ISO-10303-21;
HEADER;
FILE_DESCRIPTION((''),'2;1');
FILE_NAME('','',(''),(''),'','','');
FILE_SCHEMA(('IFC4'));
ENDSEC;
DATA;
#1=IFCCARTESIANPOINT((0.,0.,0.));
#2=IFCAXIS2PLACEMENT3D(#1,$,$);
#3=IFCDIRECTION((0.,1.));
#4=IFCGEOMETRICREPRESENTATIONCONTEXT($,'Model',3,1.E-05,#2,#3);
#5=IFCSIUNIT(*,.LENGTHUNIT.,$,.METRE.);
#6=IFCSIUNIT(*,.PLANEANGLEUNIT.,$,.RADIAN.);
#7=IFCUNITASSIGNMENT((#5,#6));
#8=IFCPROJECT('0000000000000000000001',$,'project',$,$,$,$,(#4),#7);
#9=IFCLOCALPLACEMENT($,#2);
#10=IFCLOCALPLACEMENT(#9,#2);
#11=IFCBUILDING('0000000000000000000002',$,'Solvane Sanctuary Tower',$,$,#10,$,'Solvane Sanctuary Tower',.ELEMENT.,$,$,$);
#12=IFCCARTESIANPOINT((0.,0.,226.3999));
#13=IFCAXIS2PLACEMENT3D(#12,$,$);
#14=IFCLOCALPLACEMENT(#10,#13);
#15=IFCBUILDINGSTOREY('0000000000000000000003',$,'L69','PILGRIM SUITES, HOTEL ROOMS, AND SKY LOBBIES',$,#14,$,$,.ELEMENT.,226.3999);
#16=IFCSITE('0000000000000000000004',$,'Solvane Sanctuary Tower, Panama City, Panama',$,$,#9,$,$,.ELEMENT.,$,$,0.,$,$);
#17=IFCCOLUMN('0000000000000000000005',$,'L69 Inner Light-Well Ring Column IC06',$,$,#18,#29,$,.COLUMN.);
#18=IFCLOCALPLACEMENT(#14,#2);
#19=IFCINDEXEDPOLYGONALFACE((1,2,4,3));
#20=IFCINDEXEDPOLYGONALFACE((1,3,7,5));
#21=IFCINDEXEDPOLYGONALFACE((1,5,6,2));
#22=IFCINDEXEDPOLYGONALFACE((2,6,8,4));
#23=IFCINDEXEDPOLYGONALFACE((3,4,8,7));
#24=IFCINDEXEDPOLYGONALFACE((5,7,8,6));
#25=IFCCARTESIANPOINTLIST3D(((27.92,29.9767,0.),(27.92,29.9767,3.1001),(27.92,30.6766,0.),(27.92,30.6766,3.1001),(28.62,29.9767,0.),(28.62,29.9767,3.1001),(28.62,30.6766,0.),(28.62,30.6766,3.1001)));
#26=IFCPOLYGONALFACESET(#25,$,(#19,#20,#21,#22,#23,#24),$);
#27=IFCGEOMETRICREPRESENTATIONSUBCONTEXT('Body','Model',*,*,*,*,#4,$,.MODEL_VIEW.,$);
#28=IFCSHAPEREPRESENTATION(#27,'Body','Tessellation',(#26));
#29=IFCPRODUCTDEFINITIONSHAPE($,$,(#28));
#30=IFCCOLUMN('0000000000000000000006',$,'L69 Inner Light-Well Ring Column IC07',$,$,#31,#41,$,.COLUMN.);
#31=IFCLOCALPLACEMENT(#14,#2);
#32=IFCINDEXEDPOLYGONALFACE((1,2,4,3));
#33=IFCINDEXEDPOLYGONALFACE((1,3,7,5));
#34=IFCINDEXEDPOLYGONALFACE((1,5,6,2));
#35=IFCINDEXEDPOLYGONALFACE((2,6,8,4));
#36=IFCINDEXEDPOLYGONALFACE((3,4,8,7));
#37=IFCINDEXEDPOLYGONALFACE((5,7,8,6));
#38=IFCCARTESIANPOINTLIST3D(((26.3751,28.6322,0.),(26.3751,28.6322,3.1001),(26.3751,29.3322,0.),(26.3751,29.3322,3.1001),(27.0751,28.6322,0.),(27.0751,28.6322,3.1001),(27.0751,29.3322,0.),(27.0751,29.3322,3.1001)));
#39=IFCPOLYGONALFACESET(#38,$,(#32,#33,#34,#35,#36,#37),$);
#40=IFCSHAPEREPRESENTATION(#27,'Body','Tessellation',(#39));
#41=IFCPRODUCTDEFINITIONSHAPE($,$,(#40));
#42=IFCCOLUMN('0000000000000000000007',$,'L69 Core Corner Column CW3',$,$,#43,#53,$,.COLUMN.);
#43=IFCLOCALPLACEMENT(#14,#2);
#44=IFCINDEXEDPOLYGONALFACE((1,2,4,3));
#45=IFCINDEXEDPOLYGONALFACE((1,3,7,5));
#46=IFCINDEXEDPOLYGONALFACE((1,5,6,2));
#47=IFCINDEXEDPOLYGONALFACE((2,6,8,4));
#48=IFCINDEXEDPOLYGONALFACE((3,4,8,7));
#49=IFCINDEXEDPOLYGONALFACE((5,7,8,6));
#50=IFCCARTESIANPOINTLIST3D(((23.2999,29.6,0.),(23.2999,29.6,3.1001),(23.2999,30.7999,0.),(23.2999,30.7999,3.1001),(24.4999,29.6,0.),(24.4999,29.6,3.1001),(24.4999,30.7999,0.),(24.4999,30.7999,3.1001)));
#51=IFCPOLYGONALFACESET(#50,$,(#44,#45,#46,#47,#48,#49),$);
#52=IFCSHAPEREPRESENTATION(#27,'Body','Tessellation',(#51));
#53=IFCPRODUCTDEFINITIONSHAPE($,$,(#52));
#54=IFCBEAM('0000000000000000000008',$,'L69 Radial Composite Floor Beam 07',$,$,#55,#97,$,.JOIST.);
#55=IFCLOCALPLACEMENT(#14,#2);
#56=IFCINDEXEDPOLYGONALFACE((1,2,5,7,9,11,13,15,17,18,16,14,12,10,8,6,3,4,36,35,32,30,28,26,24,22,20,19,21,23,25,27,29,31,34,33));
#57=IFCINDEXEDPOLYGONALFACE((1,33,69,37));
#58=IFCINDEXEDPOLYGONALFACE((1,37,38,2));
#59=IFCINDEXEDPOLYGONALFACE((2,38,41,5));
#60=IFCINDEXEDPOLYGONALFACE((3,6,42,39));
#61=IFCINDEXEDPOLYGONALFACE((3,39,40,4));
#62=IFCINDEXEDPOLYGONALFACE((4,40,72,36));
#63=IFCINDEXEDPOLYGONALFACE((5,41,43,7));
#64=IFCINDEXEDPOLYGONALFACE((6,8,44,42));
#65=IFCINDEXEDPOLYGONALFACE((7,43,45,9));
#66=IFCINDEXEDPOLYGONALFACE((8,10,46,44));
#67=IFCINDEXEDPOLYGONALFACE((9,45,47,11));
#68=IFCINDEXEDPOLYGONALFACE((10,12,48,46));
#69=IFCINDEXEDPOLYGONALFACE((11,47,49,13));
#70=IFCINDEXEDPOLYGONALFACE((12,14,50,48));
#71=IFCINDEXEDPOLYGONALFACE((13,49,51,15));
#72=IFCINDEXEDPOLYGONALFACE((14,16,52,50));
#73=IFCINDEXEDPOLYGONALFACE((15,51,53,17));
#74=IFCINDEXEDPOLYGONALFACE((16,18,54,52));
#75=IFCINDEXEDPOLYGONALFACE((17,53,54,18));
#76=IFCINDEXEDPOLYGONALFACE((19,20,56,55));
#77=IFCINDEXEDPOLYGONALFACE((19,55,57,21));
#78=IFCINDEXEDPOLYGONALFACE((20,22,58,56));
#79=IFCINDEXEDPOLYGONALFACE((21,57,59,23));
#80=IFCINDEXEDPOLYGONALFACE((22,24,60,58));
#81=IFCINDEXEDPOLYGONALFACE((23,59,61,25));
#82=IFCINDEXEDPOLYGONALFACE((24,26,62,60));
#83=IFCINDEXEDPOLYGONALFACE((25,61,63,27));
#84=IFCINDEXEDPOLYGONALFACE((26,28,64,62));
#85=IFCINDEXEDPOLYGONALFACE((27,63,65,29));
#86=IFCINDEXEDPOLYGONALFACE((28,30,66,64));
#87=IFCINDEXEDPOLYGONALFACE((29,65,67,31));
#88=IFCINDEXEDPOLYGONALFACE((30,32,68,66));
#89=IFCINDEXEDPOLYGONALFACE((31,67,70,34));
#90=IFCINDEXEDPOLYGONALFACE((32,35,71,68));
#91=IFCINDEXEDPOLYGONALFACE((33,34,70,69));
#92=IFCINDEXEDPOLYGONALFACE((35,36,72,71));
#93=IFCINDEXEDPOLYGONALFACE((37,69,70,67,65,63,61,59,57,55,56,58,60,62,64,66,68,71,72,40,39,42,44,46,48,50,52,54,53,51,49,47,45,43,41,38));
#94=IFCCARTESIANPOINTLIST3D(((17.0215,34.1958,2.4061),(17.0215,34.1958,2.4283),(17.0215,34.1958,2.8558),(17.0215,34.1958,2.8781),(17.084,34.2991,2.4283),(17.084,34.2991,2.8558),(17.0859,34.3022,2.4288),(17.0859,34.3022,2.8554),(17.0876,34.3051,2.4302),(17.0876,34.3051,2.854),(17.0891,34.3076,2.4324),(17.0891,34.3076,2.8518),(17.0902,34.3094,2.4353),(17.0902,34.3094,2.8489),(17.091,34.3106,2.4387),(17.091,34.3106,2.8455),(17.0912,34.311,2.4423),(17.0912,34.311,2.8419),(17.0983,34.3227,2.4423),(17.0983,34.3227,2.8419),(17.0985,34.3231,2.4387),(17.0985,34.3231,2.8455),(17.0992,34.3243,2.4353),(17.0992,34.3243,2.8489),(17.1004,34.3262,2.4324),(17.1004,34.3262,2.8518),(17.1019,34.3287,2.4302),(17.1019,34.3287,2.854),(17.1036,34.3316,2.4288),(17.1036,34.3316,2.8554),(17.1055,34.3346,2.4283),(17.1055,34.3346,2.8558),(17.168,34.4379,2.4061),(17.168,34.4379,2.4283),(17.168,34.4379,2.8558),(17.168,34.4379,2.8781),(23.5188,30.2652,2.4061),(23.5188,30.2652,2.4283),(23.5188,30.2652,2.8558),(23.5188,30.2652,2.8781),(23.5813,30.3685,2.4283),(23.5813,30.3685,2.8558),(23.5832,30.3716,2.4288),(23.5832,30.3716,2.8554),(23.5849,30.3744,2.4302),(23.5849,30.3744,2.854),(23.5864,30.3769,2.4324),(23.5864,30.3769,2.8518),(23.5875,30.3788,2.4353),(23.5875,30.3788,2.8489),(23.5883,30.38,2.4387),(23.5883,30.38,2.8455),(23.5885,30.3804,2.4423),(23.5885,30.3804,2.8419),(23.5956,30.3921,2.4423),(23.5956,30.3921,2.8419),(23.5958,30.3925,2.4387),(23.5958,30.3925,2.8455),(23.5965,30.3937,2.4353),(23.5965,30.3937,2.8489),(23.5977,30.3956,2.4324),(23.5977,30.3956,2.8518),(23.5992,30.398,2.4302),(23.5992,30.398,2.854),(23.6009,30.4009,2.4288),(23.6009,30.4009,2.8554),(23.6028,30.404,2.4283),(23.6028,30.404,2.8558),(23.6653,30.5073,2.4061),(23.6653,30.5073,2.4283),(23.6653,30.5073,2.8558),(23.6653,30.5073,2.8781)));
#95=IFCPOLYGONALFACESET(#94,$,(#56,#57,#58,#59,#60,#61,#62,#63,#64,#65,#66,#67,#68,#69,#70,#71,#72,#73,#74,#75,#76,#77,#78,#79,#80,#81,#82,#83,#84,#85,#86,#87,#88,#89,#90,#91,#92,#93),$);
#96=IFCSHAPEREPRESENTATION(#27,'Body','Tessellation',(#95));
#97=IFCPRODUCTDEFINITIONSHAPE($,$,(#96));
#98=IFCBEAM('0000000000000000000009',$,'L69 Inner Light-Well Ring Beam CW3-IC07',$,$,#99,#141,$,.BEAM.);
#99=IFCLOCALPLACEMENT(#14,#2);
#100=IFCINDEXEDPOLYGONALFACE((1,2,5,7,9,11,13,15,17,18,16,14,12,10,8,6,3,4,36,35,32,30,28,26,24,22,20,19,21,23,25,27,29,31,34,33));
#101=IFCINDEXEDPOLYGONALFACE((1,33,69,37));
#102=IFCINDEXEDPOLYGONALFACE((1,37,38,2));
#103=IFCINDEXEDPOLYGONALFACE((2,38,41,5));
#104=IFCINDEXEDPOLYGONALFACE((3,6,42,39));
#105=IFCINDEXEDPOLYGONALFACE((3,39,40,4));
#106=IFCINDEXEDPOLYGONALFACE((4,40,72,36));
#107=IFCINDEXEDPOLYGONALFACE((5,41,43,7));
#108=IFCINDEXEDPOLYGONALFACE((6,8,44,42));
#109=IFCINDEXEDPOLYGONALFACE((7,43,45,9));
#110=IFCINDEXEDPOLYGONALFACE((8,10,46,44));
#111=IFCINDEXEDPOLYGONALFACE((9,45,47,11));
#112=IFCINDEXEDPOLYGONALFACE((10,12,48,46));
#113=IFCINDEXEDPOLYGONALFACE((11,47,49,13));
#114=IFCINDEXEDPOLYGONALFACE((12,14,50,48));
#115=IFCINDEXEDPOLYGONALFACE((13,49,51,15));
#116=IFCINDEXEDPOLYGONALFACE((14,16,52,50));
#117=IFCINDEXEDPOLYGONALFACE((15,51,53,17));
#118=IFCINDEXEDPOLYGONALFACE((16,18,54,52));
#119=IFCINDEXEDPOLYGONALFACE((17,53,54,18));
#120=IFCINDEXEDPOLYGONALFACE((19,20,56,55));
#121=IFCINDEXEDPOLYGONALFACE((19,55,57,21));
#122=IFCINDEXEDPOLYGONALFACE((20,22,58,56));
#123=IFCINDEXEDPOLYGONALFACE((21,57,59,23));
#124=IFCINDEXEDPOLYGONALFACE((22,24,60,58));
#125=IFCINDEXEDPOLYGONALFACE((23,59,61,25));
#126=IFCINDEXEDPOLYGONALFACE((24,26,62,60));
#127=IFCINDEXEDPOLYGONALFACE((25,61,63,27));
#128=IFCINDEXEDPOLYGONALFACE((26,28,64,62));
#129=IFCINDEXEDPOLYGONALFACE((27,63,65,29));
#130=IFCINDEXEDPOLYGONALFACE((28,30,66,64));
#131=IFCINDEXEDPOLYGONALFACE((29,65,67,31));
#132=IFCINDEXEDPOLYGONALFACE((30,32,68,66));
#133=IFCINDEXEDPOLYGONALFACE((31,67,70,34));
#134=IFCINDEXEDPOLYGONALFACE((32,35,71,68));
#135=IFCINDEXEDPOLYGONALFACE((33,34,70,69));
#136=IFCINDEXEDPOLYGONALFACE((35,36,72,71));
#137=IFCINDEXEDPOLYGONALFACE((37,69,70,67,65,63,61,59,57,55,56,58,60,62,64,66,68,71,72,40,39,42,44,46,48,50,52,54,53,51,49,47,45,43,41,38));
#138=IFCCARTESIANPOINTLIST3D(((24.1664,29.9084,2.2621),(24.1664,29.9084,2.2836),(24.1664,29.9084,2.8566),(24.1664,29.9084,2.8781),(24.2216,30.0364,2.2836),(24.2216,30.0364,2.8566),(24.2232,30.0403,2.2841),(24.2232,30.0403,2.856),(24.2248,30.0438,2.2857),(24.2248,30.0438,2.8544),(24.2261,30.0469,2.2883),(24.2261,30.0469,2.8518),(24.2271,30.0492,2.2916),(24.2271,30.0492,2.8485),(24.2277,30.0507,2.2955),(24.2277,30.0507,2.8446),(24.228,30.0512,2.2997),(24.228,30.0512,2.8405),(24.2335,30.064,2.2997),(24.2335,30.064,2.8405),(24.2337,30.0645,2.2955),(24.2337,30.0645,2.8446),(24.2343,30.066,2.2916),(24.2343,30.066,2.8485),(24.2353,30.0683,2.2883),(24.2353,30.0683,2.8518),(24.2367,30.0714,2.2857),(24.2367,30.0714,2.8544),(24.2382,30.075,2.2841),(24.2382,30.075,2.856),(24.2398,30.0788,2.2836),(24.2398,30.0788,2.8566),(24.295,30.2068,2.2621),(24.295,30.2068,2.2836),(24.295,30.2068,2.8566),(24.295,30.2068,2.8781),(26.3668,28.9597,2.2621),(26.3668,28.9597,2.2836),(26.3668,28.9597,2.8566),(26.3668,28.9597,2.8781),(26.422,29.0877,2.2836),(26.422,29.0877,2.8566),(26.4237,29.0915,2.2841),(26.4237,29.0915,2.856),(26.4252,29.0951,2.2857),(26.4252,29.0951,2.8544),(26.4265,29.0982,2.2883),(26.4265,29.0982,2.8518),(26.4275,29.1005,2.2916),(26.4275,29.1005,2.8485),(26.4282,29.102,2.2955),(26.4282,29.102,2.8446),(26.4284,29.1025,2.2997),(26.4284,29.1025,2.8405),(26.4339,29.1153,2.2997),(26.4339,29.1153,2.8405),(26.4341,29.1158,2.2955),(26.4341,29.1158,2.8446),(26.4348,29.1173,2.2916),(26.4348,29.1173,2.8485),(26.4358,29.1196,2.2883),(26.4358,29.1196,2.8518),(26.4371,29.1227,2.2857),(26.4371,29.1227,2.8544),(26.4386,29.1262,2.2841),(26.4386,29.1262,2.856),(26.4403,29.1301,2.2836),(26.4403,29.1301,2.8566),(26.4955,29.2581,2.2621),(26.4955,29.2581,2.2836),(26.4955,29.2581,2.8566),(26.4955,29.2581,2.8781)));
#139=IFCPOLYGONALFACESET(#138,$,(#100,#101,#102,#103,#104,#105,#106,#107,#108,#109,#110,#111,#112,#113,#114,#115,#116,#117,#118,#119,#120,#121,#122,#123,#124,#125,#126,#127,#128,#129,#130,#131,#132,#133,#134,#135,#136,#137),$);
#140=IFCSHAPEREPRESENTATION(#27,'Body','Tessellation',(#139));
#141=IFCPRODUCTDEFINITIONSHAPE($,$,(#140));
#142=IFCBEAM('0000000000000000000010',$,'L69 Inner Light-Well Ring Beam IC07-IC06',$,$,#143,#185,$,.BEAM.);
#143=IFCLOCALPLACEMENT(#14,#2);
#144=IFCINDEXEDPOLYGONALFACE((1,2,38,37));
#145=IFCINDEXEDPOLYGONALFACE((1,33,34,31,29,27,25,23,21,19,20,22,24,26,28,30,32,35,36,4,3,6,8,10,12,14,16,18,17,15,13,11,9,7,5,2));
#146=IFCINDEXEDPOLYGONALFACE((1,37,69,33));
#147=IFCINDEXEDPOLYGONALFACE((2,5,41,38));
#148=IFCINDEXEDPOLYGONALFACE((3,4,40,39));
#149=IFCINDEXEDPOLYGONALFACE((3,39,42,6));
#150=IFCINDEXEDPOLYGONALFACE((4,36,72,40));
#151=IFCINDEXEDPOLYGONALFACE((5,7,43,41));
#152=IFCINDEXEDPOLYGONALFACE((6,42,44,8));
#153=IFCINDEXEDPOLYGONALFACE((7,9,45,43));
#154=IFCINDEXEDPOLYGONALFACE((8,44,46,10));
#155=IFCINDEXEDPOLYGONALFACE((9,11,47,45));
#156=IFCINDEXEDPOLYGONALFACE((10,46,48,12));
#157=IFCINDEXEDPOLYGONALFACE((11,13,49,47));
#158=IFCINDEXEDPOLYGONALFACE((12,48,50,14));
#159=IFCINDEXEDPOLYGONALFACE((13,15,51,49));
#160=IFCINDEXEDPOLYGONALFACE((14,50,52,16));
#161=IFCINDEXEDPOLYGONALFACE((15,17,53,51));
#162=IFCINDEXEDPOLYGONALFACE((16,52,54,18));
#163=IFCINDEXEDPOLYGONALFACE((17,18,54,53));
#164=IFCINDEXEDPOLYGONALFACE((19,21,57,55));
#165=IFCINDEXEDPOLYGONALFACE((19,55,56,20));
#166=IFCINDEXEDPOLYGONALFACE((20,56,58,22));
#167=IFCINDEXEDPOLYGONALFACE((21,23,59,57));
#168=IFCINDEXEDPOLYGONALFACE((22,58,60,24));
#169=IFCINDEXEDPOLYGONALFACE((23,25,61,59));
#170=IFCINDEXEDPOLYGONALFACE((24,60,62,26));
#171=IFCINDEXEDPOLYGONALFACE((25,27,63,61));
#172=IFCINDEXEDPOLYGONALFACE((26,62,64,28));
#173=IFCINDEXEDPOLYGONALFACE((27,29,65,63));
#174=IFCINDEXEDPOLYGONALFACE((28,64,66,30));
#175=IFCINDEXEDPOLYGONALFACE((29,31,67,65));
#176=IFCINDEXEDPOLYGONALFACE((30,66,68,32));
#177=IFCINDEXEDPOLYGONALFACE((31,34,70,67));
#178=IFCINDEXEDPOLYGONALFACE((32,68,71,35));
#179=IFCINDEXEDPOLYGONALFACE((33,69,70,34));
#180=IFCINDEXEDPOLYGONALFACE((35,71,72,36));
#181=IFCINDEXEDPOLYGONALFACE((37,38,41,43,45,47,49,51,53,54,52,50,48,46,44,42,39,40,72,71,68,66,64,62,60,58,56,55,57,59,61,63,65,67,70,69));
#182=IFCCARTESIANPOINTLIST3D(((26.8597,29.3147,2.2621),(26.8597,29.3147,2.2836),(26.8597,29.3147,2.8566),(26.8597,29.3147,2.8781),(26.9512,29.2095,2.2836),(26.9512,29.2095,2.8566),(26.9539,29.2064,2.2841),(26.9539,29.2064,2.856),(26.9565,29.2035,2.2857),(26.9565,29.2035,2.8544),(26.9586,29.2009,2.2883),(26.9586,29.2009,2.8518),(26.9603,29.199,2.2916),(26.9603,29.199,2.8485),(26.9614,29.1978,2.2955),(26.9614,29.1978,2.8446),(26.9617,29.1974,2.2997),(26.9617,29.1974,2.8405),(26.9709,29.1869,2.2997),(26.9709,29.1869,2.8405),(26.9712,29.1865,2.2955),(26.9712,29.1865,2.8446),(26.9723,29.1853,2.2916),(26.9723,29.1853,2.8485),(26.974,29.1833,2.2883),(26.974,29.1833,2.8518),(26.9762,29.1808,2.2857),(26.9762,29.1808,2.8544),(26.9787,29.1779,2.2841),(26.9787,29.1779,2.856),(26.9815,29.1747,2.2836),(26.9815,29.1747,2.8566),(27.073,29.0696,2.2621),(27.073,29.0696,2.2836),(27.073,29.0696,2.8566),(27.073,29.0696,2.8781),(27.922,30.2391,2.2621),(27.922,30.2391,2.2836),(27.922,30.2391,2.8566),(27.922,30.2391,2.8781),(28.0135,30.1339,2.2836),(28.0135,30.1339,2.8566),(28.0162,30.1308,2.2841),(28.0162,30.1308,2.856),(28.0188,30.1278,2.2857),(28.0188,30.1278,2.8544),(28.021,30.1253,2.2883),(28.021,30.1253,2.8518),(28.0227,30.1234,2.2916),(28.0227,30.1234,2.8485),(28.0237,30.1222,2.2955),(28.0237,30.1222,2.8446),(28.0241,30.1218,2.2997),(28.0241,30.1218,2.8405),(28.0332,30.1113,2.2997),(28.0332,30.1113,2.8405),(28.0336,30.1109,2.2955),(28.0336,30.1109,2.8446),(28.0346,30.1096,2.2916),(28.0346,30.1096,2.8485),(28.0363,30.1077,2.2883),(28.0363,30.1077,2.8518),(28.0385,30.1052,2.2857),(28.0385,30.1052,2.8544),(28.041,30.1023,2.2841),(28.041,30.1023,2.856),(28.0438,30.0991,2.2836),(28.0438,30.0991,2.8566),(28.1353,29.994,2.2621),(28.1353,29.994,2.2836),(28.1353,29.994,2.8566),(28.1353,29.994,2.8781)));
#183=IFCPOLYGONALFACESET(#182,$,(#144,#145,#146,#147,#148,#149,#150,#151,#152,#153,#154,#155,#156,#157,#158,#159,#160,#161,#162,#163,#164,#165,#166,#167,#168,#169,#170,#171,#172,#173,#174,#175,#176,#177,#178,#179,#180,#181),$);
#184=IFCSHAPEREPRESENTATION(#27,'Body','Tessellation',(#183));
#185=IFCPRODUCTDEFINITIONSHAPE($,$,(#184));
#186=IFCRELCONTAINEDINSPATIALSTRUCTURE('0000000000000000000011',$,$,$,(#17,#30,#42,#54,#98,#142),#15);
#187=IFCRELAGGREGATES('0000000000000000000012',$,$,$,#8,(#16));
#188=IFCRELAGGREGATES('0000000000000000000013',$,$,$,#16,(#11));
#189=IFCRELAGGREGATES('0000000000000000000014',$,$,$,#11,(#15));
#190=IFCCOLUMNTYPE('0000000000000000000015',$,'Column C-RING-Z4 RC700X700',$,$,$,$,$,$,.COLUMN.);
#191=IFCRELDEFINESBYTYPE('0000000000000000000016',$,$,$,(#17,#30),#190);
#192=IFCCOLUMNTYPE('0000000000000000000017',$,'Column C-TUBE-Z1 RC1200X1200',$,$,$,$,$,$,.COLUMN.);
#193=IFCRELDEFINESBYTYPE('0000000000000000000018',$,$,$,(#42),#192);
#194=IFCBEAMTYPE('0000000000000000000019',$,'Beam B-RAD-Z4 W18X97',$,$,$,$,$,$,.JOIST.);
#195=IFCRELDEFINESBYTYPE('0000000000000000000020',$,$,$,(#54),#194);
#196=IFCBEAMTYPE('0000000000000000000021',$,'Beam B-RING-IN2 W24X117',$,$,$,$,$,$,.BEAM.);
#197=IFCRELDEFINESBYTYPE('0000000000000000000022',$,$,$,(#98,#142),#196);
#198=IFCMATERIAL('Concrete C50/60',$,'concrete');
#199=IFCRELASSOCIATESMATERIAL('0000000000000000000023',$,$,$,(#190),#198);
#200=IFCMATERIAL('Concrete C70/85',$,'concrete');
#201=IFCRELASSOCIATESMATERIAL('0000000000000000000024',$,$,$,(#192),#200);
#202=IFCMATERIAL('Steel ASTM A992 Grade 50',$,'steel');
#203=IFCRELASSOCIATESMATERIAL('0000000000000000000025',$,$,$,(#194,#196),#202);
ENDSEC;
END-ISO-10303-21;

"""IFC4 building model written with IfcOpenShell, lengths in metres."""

from ifc_helpers import new_model, si_unit, direction, frame, origin, origin_2d, place, context, subcontext, project, spatial, rectangle, i_section, extrude, material, material_profile, profile_set, type_object, element, save


model = new_model("IFC4")

# Units and contexts
model_context = context("Model", 3, precision=1e-05, world=origin(), true_north=direction((0.0, 1.0)))
body_context = subcontext(model_context, "Body", "Model", "MODEL_VIEW")
ifc_project = project(units=[si_unit("LENGTHUNIT", "METRE"), si_unit("PLANEANGLEUNIT", "RADIAN")], contexts=[model_context])

# Site, building, storey
site_placement = place(None, origin())
site = spatial("IfcSite", under=ifc_project, at=site_placement, Name="Solvane Sanctuary Tower, Panama City, Panama", CompositionType="ELEMENT", RefElevation=0.0)
building_placement = place(site_placement, origin())
building = spatial("IfcBuilding", under=site, at=building_placement, Name="Solvane Sanctuary Tower", LongName="Solvane Sanctuary Tower", CompositionType="ELEMENT")
storey_placement = place(building_placement, frame((0.0, 0.0, 226.3999)))
storey = spatial("IfcBuildingStorey", under=building, at=storey_placement, Name="L69", Description="PILGRIM SUITES, HOTEL ROOMS, AND SKY LOBBIES", CompositionType="ELEMENT", Elevation=226.3999)

# Columns
ifc_material_1 = material(Name="Concrete C50/60", Category="concrete")
ifc_material_profile_1 = material_profile(ifc_material_1, rectangle(XDim=0.7, YDim=0.7, at=origin_2d()), Name="RC700X700")
ifc_profile_set_1 = profile_set([ifc_material_profile_1], Name="Concrete C50/60")
column_type_1 = type_object("IfcColumnType", Name="Column C-RING-Z4 RC700X700", PredefinedType="COLUMN", material=ifc_profile_set_1)
for number, where, z_axis, x_axis, name in (
    (1, (28.27, 30.3267, 0.0), (0.0, 0.0, 1.0), (1.0, 0.0, 0.0), "L69 Inner Light-Well Ring Column IC06"),
    (2, (26.7251, 28.9822, 0.0), (0.0, 0.0, 1.0), (1.0, 0.0, 0.0), "L69 Inner Light-Well Ring Column IC07"),
):
    element("IfcColumn", number, at=place(storey_placement, frame(where, z_axis=z_axis, x_axis=x_axis)), inside=storey, type_object=column_type_1, Name=name, PredefinedType="COLUMN", context=body_context, shape_type="SweptSolid", body=[
        extrude(rectangle(XDim=0.7, YDim=0.7, at=origin_2d()), origin(), (0.0, 0.0, 1.0), 3.1001),
    ])
ifc_material_2 = material(Name="Concrete C70/85", Category="concrete")
ifc_material_profile_2 = material_profile(ifc_material_2, rectangle(XDim=1.2, YDim=1.2, at=origin_2d()), Name="RC1200X1200")
ifc_profile_set_2 = profile_set([ifc_material_profile_2], Name="Concrete C70/85")
column_type_2 = type_object("IfcColumnType", Name="Column C-TUBE-Z1 RC1200X1200", PredefinedType="COLUMN", material=ifc_profile_set_2)
column_placement = place(storey_placement, frame((23.8999, 30.2, 0.0), z_axis=(0.0, 0.0, 1.0), x_axis=(1.0, 0.0, 0.0)))
element("IfcColumn", 3, at=column_placement, inside=storey, type_object=column_type_2, Name="L69 Core Corner Column CW3", PredefinedType="COLUMN", context=body_context, shape_type="SweptSolid", body=[
    extrude(rectangle(XDim=1.2, YDim=1.2, at=origin_2d()), origin(), (0.0, 0.0, 1.0), 3.1001),
])

# Beams
ifc_material_3 = material(Name="Steel ASTM A992 Grade 50", Category="steel")
ifc_material_profile_3 = material_profile(ifc_material_3, i_section(OverallWidth=0.283, OverallDepth=0.4719, WebThickness=0.0137, FlangeThickness=0.0222, FilletRadius=0.0139, at=origin_2d()), Name="W18X97")
ifc_profile_set_3 = profile_set([ifc_material_profile_3], Name="Steel ASTM A992 Grade 50")
beam_type_1 = type_object("IfcBeamType", Name="Beam B-RAD-Z4 W18X97", PredefinedType="JOIST", material=ifc_profile_set_3)
beam_1_placement = place(storey_placement, frame((23.592, 30.3862, 2.6421), z_axis=(-0.855612, 0.517618, 0.0), x_axis=(-0.517618, -0.855612, 0.0)))
element("IfcBeam", 4, at=beam_1_placement, inside=storey, type_object=beam_type_1, Name="L69 Radial Composite Floor Beam 07", PredefinedType="JOIST", context=body_context, shape_type="SweptSolid", body=[
    extrude(i_section(OverallWidth=0.283, OverallDepth=0.4719, WebThickness=0.0137, FlangeThickness=0.0222, FilletRadius=0.0139, at=origin_2d()), origin(), (0.0, 0.0, 1.0), 7.5938),
])
ifc_material_profile_4 = material_profile(ifc_material_3, i_section(OverallWidth=0.325, OverallDepth=0.616, WebThickness=0.0139, FlangeThickness=0.0215, FilletRadius=0.0161, at=origin_2d()), Name="W24X117")
ifc_profile_set_4 = profile_set([ifc_material_profile_4], Name="Steel ASTM A992 Grade 50")
beam_type_2 = type_object("IfcBeamType", Name="Beam B-RING-IN2 W24X117", PredefinedType="BEAM", material=ifc_profile_set_4)
beam_2_placement = place(storey_placement, frame((24.2307, 30.0576, 2.5701), z_axis=(0.918284, -0.395923, 0.0), x_axis=(0.395923, 0.918284, 0.0)))
element("IfcBeam", 5, at=beam_2_placement, inside=storey, type_object=beam_type_2, Name="L69 Inner Light-Well Ring Beam CW3-IC07", PredefinedType="BEAM", context=body_context, shape_type="SweptSolid", body=[
    extrude(i_section(OverallWidth=0.325, OverallDepth=0.616, WebThickness=0.0139, FlangeThickness=0.0215, FilletRadius=0.0161, at=origin_2d()), origin(), (0.0, 0.0, 1.0), 2.3962),
])
beam_3_placement = place(storey_placement, frame((26.9663, 29.1921, 2.5701), z_axis=(0.754389, 0.656428, 0.0), x_axis=(-0.656428, 0.754389, 0.0)))
element("IfcBeam", 6, at=beam_3_placement, inside=storey, type_object=beam_type_2, Name="L69 Inner Light-Well Ring Beam IC07-IC06", PredefinedType="BEAM", context=body_context, shape_type="SweptSolid", body=[
    extrude(i_section(OverallWidth=0.325, OverallDepth=0.616, WebThickness=0.0139, FlangeThickness=0.0215, FilletRadius=0.0161, at=origin_2d()), origin(), (0.0, 0.0, 1.0), 1.4082),
])

save(model, "model.ifc")
